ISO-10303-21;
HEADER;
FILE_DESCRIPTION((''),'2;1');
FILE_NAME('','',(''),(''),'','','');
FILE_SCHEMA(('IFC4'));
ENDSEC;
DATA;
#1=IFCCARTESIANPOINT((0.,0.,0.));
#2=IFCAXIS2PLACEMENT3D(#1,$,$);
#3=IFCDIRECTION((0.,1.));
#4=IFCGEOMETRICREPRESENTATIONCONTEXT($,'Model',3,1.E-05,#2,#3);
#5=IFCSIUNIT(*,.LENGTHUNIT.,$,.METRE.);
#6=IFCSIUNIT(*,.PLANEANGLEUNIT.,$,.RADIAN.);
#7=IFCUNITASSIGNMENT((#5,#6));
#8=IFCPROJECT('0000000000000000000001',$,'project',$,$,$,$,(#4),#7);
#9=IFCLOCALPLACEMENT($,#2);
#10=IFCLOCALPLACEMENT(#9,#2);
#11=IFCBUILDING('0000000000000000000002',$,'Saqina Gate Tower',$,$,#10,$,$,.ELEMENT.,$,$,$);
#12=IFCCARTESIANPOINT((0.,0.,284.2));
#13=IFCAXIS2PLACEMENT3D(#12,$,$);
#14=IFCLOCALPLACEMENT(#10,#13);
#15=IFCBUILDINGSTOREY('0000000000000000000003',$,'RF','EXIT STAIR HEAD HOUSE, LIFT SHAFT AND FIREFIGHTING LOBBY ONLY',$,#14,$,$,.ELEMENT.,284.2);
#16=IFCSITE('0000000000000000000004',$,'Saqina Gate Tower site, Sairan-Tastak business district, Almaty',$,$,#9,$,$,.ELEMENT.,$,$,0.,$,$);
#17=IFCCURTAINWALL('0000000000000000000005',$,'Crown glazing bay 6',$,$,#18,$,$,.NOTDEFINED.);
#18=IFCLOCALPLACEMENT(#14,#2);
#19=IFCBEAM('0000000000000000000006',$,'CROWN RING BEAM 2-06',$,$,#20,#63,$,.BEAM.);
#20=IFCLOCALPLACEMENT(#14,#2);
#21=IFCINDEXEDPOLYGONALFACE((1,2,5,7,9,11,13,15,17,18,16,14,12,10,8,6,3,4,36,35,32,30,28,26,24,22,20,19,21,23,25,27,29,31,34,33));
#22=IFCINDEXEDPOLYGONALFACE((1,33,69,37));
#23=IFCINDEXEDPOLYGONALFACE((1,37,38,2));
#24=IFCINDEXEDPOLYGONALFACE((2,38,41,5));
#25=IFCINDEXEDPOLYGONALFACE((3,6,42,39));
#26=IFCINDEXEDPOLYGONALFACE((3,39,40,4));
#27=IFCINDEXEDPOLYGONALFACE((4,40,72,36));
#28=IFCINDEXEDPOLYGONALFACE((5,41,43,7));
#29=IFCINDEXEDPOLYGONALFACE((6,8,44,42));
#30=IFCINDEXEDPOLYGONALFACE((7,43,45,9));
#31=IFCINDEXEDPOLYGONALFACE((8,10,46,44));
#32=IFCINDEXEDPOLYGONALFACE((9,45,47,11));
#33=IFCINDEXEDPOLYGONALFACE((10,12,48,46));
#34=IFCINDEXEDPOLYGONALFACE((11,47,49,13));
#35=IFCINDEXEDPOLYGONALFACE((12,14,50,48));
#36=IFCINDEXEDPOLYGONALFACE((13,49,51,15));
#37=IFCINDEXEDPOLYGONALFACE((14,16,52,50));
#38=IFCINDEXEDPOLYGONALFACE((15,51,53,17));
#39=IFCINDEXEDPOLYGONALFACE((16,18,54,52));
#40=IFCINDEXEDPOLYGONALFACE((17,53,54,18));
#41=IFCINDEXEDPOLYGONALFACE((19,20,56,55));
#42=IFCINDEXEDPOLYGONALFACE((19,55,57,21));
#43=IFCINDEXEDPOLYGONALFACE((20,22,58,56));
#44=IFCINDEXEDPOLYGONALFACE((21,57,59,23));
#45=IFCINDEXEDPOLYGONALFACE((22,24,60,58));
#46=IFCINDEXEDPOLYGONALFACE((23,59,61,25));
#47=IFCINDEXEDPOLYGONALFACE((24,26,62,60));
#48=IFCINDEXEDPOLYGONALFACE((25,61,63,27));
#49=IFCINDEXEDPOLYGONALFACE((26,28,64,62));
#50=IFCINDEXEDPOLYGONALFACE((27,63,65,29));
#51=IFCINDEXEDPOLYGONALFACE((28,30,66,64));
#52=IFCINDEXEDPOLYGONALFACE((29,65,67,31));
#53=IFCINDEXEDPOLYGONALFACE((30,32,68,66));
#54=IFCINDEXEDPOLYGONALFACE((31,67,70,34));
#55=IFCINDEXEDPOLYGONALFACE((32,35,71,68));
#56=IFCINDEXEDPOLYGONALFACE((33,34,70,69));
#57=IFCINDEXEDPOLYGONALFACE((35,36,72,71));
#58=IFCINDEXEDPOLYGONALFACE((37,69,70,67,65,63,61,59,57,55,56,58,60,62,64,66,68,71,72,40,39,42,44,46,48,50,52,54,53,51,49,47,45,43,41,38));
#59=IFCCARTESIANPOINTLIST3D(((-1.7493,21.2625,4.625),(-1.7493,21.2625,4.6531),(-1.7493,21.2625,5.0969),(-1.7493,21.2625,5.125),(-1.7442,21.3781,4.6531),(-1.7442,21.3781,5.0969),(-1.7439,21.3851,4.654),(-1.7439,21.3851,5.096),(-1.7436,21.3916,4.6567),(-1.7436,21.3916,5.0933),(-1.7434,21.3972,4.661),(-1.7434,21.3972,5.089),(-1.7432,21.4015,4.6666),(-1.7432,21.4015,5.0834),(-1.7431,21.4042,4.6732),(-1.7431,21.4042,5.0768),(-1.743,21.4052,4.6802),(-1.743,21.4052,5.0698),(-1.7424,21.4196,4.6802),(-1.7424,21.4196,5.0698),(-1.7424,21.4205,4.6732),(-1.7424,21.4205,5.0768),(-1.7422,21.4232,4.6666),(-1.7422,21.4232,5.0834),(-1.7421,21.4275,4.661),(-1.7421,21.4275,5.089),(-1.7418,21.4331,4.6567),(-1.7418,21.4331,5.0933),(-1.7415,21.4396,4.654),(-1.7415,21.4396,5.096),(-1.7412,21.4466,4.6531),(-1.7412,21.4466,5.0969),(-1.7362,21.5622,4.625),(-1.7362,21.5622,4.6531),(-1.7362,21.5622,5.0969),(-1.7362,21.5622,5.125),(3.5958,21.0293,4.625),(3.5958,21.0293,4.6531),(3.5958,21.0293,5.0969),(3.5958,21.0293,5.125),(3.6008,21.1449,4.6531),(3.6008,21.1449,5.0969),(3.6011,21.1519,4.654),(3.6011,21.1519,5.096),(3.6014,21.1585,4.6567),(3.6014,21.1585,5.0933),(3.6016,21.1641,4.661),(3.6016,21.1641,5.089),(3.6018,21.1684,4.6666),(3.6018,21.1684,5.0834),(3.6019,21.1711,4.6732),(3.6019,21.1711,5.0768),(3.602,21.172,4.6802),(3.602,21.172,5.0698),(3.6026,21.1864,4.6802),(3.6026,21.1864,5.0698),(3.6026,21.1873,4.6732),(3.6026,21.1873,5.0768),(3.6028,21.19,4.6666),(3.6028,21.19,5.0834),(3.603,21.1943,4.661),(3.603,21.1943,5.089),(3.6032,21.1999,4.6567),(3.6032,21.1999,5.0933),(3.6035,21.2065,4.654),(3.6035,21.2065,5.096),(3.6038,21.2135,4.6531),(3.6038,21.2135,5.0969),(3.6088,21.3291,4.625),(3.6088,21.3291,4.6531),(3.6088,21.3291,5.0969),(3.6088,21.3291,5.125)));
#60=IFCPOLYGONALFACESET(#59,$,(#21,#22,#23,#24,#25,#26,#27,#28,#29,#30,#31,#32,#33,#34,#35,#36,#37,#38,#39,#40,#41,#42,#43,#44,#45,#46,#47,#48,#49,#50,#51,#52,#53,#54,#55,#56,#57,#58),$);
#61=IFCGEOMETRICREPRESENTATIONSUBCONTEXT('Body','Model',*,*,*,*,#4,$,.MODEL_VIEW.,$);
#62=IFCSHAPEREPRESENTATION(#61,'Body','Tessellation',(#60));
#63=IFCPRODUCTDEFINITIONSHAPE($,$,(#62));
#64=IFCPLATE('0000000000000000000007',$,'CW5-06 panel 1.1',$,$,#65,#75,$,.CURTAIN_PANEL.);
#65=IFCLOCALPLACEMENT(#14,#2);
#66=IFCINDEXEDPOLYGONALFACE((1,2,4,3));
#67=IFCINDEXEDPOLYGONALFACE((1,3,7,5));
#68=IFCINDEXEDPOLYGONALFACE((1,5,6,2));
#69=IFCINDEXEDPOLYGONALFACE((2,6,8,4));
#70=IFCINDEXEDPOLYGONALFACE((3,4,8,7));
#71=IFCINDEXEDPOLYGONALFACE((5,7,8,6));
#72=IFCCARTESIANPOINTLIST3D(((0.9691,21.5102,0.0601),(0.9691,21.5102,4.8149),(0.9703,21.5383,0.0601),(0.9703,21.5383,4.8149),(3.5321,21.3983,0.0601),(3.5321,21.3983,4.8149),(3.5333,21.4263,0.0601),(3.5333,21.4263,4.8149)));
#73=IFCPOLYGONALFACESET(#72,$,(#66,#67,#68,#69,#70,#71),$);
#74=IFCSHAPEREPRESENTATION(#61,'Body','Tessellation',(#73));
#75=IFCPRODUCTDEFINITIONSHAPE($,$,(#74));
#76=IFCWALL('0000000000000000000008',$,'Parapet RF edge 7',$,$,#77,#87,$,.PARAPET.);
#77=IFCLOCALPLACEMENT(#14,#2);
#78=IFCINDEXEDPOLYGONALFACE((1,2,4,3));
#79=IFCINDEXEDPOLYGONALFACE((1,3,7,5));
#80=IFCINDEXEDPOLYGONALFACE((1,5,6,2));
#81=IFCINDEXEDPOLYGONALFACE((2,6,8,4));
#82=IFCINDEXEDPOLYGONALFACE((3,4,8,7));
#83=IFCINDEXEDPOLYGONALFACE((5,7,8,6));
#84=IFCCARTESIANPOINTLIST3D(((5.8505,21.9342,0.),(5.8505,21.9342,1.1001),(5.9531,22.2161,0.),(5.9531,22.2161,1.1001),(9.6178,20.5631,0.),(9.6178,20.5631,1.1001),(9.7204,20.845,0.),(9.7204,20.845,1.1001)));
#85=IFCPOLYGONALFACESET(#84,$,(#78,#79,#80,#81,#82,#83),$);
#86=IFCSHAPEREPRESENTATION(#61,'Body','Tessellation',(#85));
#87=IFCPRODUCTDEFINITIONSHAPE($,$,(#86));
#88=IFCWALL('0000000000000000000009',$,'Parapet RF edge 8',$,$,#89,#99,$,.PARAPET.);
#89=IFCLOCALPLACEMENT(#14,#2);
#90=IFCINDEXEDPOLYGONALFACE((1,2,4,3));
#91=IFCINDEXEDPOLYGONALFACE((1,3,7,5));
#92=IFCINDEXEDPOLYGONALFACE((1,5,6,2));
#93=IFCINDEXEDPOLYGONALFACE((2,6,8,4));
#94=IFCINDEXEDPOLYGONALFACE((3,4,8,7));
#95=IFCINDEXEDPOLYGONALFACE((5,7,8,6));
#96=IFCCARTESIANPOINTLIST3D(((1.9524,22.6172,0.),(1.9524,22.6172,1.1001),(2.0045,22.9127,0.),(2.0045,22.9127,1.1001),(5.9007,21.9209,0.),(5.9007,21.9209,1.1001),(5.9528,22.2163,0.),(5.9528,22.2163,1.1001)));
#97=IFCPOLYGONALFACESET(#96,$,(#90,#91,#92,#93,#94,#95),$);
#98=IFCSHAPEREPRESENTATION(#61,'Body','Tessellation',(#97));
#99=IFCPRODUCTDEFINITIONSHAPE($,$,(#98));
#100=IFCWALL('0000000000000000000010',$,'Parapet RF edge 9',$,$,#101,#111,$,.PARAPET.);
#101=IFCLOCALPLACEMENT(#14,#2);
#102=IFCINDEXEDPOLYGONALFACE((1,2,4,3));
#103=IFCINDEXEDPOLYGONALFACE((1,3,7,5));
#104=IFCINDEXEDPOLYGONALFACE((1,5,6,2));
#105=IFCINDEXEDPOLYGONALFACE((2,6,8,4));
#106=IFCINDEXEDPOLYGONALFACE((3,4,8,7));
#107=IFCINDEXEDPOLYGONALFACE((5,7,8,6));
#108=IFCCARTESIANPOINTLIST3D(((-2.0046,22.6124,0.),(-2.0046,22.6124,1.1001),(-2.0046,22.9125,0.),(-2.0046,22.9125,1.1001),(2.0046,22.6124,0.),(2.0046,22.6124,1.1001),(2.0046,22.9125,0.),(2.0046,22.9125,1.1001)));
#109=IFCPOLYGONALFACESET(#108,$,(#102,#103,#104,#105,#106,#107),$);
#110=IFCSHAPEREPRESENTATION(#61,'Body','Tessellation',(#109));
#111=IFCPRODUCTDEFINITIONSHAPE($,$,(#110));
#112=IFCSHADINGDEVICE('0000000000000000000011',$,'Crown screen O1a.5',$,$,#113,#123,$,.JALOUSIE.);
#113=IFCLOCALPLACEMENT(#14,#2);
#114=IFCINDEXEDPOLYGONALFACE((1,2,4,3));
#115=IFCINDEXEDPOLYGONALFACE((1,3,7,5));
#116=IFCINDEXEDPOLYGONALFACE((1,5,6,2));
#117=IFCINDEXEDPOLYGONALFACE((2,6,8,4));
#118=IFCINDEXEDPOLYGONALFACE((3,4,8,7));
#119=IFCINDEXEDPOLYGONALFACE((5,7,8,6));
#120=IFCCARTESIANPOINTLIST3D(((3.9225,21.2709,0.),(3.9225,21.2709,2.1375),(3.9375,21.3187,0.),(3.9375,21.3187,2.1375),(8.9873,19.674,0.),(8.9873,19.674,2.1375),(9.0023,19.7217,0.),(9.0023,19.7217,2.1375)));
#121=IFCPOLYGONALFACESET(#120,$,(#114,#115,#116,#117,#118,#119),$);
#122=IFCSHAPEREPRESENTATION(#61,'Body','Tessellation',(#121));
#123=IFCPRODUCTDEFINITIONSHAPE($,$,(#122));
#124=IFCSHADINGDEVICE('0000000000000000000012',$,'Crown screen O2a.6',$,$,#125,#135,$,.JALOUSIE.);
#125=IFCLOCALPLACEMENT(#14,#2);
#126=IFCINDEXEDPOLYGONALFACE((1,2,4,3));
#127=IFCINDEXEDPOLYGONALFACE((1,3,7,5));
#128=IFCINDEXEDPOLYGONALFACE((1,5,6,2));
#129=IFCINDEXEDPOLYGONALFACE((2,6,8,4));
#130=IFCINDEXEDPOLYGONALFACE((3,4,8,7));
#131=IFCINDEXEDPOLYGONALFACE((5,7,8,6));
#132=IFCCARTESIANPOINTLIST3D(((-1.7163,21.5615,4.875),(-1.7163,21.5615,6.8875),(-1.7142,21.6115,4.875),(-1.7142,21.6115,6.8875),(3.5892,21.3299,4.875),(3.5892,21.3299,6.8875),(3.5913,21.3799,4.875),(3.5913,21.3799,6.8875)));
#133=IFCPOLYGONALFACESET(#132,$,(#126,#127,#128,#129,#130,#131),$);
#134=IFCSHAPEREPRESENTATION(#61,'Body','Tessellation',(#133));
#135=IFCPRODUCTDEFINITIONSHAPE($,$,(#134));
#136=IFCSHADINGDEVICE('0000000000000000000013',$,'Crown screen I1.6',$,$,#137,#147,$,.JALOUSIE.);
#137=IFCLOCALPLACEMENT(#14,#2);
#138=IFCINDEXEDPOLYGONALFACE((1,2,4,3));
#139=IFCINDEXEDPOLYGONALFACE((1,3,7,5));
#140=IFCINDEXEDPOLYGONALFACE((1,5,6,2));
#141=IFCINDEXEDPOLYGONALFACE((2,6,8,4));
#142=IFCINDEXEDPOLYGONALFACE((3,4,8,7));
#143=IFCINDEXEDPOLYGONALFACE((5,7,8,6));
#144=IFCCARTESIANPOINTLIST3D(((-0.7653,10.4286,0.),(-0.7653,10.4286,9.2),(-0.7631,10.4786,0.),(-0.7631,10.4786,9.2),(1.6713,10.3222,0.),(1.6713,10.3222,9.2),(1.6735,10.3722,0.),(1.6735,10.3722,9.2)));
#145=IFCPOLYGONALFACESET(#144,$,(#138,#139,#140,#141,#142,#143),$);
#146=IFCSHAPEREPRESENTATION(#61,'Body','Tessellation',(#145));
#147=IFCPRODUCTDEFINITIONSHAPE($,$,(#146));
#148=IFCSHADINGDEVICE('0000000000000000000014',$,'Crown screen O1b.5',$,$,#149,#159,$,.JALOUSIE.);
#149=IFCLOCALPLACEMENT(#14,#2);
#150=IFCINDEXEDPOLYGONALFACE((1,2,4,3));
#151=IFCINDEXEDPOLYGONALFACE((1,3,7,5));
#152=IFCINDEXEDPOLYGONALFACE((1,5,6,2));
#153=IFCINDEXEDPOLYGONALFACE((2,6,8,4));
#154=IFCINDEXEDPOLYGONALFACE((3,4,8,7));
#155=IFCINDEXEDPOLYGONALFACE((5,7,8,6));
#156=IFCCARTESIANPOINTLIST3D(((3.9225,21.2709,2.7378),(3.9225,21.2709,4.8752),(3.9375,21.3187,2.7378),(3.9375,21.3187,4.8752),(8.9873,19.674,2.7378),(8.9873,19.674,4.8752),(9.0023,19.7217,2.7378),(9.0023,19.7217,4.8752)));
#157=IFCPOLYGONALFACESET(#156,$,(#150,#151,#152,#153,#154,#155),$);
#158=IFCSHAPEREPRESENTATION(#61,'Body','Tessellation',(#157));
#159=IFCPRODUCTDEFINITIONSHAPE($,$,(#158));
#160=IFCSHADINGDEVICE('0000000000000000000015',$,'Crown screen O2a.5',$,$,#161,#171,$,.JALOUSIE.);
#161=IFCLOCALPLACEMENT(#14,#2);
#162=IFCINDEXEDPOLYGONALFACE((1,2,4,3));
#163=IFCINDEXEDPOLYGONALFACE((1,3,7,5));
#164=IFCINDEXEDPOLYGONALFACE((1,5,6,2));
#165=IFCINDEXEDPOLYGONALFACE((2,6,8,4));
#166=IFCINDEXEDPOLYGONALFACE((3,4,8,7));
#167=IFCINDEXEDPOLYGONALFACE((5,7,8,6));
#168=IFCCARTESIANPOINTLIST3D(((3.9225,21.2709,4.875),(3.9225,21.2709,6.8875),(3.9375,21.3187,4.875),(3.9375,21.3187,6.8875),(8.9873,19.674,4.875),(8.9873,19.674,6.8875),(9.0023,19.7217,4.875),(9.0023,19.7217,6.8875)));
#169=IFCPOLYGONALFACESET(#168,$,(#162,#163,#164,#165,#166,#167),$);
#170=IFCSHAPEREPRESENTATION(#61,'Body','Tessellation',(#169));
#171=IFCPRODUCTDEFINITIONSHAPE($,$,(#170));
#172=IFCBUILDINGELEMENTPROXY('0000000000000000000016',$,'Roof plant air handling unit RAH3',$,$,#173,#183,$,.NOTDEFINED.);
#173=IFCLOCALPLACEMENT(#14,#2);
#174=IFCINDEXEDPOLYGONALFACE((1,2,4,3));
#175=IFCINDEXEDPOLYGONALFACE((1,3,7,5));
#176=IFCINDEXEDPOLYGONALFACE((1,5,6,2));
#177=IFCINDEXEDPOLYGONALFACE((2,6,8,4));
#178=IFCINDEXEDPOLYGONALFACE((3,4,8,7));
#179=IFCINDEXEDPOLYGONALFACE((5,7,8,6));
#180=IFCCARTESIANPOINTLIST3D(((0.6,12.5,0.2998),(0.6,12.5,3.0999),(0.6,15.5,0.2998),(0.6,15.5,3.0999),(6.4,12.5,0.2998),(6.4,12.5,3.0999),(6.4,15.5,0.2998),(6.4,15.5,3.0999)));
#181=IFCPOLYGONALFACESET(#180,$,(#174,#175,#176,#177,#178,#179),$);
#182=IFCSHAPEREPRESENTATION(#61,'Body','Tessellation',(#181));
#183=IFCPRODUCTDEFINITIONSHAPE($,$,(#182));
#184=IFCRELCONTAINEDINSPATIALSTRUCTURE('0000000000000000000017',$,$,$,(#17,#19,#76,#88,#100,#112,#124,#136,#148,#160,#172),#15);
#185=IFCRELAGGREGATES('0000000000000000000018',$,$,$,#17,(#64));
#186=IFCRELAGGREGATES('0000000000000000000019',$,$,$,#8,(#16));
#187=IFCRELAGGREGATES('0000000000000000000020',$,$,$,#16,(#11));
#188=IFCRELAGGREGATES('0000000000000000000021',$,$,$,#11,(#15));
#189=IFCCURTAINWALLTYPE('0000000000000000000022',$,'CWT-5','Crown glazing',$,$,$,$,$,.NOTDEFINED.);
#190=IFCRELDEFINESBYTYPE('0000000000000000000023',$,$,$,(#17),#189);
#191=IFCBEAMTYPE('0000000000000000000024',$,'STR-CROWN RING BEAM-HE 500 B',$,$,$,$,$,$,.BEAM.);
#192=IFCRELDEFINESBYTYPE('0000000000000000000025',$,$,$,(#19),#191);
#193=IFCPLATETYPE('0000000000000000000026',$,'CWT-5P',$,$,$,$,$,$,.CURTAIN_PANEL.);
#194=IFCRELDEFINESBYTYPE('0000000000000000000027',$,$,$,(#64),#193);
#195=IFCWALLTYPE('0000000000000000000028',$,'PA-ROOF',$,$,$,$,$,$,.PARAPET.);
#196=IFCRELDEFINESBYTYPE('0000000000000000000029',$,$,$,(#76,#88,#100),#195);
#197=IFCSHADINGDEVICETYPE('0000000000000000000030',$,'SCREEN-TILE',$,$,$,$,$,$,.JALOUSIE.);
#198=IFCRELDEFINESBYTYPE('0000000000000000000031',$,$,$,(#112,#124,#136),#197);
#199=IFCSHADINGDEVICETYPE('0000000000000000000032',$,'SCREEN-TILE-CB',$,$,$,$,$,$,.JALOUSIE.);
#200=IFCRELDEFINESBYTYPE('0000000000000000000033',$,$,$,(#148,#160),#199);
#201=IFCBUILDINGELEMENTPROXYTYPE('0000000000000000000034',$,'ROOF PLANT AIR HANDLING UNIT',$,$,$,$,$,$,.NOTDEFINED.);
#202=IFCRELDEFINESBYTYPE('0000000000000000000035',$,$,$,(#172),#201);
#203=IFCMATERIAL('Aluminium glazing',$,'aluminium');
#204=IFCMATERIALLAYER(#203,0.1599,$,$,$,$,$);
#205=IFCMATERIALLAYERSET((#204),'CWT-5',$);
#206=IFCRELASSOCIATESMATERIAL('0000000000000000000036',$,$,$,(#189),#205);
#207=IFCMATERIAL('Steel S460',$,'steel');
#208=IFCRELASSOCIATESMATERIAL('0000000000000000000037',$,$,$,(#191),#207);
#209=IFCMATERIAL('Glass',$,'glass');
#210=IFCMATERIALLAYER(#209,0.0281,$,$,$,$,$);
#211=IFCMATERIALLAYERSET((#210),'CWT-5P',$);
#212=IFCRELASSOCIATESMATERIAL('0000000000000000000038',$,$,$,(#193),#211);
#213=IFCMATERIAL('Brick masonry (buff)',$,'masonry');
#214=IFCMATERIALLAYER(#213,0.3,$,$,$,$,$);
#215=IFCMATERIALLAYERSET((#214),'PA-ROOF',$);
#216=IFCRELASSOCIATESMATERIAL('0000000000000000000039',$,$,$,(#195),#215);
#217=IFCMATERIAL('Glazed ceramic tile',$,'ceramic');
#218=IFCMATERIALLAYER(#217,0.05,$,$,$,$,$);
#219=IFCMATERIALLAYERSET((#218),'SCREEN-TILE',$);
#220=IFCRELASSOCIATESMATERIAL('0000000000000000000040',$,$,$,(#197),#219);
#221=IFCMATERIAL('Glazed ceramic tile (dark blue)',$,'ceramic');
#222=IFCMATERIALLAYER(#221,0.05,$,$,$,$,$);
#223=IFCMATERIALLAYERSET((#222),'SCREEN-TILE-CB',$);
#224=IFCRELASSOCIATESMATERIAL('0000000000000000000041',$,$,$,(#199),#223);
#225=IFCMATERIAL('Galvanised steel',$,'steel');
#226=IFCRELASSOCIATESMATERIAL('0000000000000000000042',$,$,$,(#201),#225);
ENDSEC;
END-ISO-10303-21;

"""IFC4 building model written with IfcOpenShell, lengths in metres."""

from ifc_helpers import new_model, si_unit, direction, frame, frame_2d, origin, origin_2d, place, context, subcontext, project, spatial, rectangle, i_section, extrude, material, layer, layer_set, material_profile, profile_set, type_object, element, aggregate, save


model = new_model("IFC4")

# Units and contexts
model_context = context("Model", 3, precision=1e-05, world=origin(), true_north=direction((0.0, 1.0)))
body_context = subcontext(model_context, "Body", "Model", "MODEL_VIEW")
ifc_project = project(units=[si_unit("LENGTHUNIT", "METRE"), si_unit("PLANEANGLEUNIT", "RADIAN")], contexts=[model_context])

# Site, building, storey
site_placement = place(None, origin())
site = spatial("IfcSite", under=ifc_project, at=site_placement, Name="Saqina Gate Tower site, Sairan-Tastak business district, Almaty", CompositionType="ELEMENT", RefElevation=0.0)
building_placement = place(site_placement, origin())
building = spatial("IfcBuilding", under=site, at=building_placement, Name="Saqina Gate Tower", CompositionType="ELEMENT")
storey_placement = place(building_placement, frame((0.0, 0.0, 284.2)))
storey = spatial("IfcBuildingStorey", under=building, at=storey_placement, Name="RF", Description="EXIT STAIR HEAD HOUSE, LIFT SHAFT AND FIREFIGHTING LOBBY ONLY", CompositionType="ELEMENT", Elevation=284.2)

# Shared definitions
ifc_material_1 = material(Name="Aluminium glazing", Category="aluminium")
ifc_layer_1 = layer(ifc_material_1, 0.1599)
ifc_layer_set_1 = layer_set([ifc_layer_1], Name="CWT-5")
curtain_wall_type = type_object("IfcCurtainWallType", Name="CWT-5", Description="Crown glazing", PredefinedType="NOTDEFINED", material=ifc_layer_set_1)

# Curtain wall
curtain_wall_1_placement = place(storey_placement, origin())
curtain_wall_1 = element("IfcCurtainWall", 1, at=curtain_wall_1_placement, inside=storey, type_object=curtain_wall_type, Name="Crown glazing bay 6", PredefinedType="NOTDEFINED")

# Beam
ifc_material_2 = material(Name="Steel S460", Category="steel")
ifc_material_profile_1 = material_profile(ifc_material_2, i_section(OverallWidth=0.3, OverallDepth=0.5, WebThickness=0.0144, FlangeThickness=0.0281, FilletRadius=0.0271, at=origin_2d()), Name="HE 500 B")
ifc_profile_set_1 = profile_set([ifc_material_profile_1], Name="Steel S460")
beam_type = type_object("IfcBeamType", Name="STR-CROWN RING BEAM-HE 500 B", PredefinedType="BEAM", material=ifc_profile_set_1)
for number, where, z_axis, x_axis, name in (
    (2, (3.6023, 21.1792, 4.875), (-0.99905, 0.04358, 0.0), (-0.04358, -0.99905, 0.0), "CROWN RING BEAM 2-06"),
):
    element("IfcBeam", number, at=place(storey_placement, frame(where, z_axis=z_axis, x_axis=x_axis)), inside=storey, type_object=beam_type, Name=name, PredefinedType="BEAM", context=body_context, shape_type="SweptSolid", body=[
        extrude(i_section(OverallWidth=0.3, OverallDepth=0.5, WebThickness=0.0144, FlangeThickness=0.0281, FilletRadius=0.0271, at=origin_2d()), origin(), (0.0, 0.0, 1.0), 5.3501),
    ])

# Plate
ifc_material_3 = material(Name="Glass", Category="glass")
ifc_layer_2 = layer(ifc_material_3, 0.0281)
ifc_layer_set_2 = layer_set([ifc_layer_2], Name="CWT-5P")
plate_type = type_object("IfcPlateType", Name="CWT-5P", PredefinedType="CURTAIN_PANEL", material=ifc_layer_set_2)
plate_placement = place(storey_placement, frame((2.2512, 21.4683, 0.0601), z_axis=(0.0, 0.0, 1.0), x_axis=(-0.999048, 0.043629, 0.0)))
plate = element("IfcPlate", 3, at=plate_placement, type_object=plate_type, Name="CW5-06 panel 1.1", PredefinedType="CURTAIN_PANEL", context=body_context, shape_type="SweptSolid", body=[
    extrude(rectangle(XDim=2.5654, YDim=0.0281, at=origin_2d()), origin(), (0.0, 0.0, 1.0), 4.7549),
])
aggregate(curtain_wall_1, [plate])

# Walls
ifc_material_4 = material(Name="Brick masonry (buff)", Category="masonry")
ifc_layer_3 = layer(ifc_material_4, 0.3)
ifc_layer_set_3 = layer_set([ifc_layer_3], Name="PA-ROOF")
wall_type = type_object("IfcWallType", Name="PA-ROOF", PredefinedType="PARAPET", material=ifc_layer_set_3)
wall_placement = place(storey_placement, frame((9.6689, 20.7041, 0.0), z_axis=(0.0, 0.0, 1.0), x_axis=(-0.939701, 0.341997, 0.0)))
element("IfcWall", 4, at=wall_placement, inside=storey, type_object=wall_type, Name="Parapet RF edge 7", PredefinedType="PARAPET", context=body_context, shape_type="SweptSolid", body=[
    extrude(rectangle(XDim=4.009, YDim=0.3, at=frame_2d((2.0044, 0.0))), origin(), (0.0, 0.0, 1.0), 1.1001),
])
for number, where, z_axis, x_axis, name in (
    (5, (5.9268, 22.0686, 0.0), (0.0, 0.0, 1.0), (-0.984803, 0.173674, 0.0), "Parapet RF edge 8"),
    (6, (2.0046, 22.7625, 0.0), (0.0, 0.0, 1.0), (-1.0, 0.0, 0.0), "Parapet RF edge 9"),
):
    element("IfcWall", number, at=place(storey_placement, frame(where, z_axis=z_axis, x_axis=x_axis)), inside=storey, type_object=wall_type, Name=name, PredefinedType="PARAPET", context=body_context, shape_type="SweptSolid", body=[
        extrude(rectangle(XDim=4.0093, YDim=0.3, at=frame_2d((2.0046, 0.0))), origin(), (0.0, 0.0, 1.0), 1.1001),
    ])

# Shading devices
ifc_material_5 = material(Name="Glazed ceramic tile", Category="ceramic")
ifc_layer_4 = layer(ifc_material_5, 0.05)
ifc_layer_set_4 = layer_set([ifc_layer_4], Name="SCREEN-TILE")
shading_device_type_1 = type_object("IfcShadingDeviceType", Name="SCREEN-TILE", PredefinedType="JALOUSIE", material=ifc_layer_set_4)
shading_device_1_placement = place(storey_placement, frame((6.4624, 20.4963, 0.0), z_axis=(0.0, 0.0, 1.0), x_axis=(-0.953717, 0.300706, 0.0)))
element("IfcShadingDevice", 7, at=shading_device_1_placement, inside=storey, type_object=shading_device_type_1, Name="Crown screen O1a.5", PredefinedType="JALOUSIE", context=body_context, shape_type="SweptSolid", body=[
    extrude(rectangle(XDim=5.3105, YDim=0.05, at=origin_2d()), origin(), (0.0, 0.0, 1.0), 2.1375),
])
shading_device_2_placement = place(storey_placement, frame((0.9375, 21.4707, 4.875), z_axis=(0.0, 0.0, 1.0), x_axis=(-0.999048, 0.043619, 0.0)))
element("IfcShadingDevice", 8, at=shading_device_2_placement, inside=storey, type_object=shading_device_type_1, Name="Crown screen O2a.6", PredefinedType="JALOUSIE", context=body_context, shape_type="SweptSolid", body=[
    extrude(rectangle(XDim=5.3105, YDim=0.05, at=origin_2d()), origin(), (0.0, 0.0, 1.0), 2.0125),
])
shading_device_3_placement = place(storey_placement, frame((0.4541, 10.4004, 0.0), z_axis=(0.0, 0.0, 1.0), x_axis=(-0.999048, 0.043619, 0.0)))
element("IfcShadingDevice", 9, at=shading_device_3_placement, inside=storey, type_object=shading_device_type_1, Name="Crown screen I1.6", PredefinedType="JALOUSIE", context=body_context, shape_type="SweptSolid", body=[
    extrude(rectangle(XDim=2.439, YDim=0.05, at=origin_2d()), origin(), (0.0, 0.0, 1.0), 9.2),
])
ifc_material_6 = material(Name="Glazed ceramic tile (dark blue)", Category="ceramic")
ifc_layer_5 = layer(ifc_material_6, 0.05)
ifc_layer_set_5 = layer_set([ifc_layer_5], Name="SCREEN-TILE-CB")
shading_device_type_2 = type_object("IfcShadingDeviceType", Name="SCREEN-TILE-CB", PredefinedType="JALOUSIE", material=ifc_layer_set_5)
shading_device_4_placement = place(storey_placement, frame((6.4624, 20.4963, 2.7378), z_axis=(0.0, 0.0, 1.0), x_axis=(-0.953717, 0.300706, 0.0)))
element("IfcShadingDevice", 10, at=shading_device_4_placement, inside=storey, type_object=shading_device_type_2, Name="Crown screen O1b.5", PredefinedType="JALOUSIE", context=body_context, shape_type="SweptSolid", body=[
    extrude(rectangle(XDim=5.3105, YDim=0.05, at=origin_2d()), origin(), (0.0, 0.0, 1.0), 2.1375),
])
shading_device_5_placement = place(storey_placement, frame((6.4624, 20.4963, 4.875), z_axis=(0.0, 0.0, 1.0), x_axis=(-0.953717, 0.300706, 0.0)))
element("IfcShadingDevice", 11, at=shading_device_5_placement, inside=storey, type_object=shading_device_type_2, Name="Crown screen O2a.5", PredefinedType="JALOUSIE", context=body_context, shape_type="SweptSolid", body=[
    extrude(rectangle(XDim=5.3105, YDim=0.05, at=origin_2d()), origin(), (0.0, 0.0, 1.0), 2.0125),
])

# Building element proxy
ifc_material_7 = material(Name="Galvanised steel", Category="steel")
building_element_proxy_type_1 = type_object("IfcBuildingElementProxyType", Name="ROOF PLANT AIR HANDLING UNIT", PredefinedType="NOTDEFINED", material=ifc_material_7)
proxy_1_placement = place(storey_placement, frame((3.5, 14.0, 0.2998), z_axis=(0.0, 0.0, 1.0), x_axis=(1.0, 0.0, 0.0)))
element("IfcBuildingElementProxy", 12, at=proxy_1_placement, inside=storey, type_object=building_element_proxy_type_1, Name="Roof plant air handling unit RAH3", PredefinedType="NOTDEFINED", context=body_context, shape_type="SweptSolid", body=[
    extrude(rectangle(XDim=5.8, YDim=3.0, at=origin_2d()), origin(), (0.0, 0.0, 1.0), 2.8),
])

save(model, "model.ifc")
